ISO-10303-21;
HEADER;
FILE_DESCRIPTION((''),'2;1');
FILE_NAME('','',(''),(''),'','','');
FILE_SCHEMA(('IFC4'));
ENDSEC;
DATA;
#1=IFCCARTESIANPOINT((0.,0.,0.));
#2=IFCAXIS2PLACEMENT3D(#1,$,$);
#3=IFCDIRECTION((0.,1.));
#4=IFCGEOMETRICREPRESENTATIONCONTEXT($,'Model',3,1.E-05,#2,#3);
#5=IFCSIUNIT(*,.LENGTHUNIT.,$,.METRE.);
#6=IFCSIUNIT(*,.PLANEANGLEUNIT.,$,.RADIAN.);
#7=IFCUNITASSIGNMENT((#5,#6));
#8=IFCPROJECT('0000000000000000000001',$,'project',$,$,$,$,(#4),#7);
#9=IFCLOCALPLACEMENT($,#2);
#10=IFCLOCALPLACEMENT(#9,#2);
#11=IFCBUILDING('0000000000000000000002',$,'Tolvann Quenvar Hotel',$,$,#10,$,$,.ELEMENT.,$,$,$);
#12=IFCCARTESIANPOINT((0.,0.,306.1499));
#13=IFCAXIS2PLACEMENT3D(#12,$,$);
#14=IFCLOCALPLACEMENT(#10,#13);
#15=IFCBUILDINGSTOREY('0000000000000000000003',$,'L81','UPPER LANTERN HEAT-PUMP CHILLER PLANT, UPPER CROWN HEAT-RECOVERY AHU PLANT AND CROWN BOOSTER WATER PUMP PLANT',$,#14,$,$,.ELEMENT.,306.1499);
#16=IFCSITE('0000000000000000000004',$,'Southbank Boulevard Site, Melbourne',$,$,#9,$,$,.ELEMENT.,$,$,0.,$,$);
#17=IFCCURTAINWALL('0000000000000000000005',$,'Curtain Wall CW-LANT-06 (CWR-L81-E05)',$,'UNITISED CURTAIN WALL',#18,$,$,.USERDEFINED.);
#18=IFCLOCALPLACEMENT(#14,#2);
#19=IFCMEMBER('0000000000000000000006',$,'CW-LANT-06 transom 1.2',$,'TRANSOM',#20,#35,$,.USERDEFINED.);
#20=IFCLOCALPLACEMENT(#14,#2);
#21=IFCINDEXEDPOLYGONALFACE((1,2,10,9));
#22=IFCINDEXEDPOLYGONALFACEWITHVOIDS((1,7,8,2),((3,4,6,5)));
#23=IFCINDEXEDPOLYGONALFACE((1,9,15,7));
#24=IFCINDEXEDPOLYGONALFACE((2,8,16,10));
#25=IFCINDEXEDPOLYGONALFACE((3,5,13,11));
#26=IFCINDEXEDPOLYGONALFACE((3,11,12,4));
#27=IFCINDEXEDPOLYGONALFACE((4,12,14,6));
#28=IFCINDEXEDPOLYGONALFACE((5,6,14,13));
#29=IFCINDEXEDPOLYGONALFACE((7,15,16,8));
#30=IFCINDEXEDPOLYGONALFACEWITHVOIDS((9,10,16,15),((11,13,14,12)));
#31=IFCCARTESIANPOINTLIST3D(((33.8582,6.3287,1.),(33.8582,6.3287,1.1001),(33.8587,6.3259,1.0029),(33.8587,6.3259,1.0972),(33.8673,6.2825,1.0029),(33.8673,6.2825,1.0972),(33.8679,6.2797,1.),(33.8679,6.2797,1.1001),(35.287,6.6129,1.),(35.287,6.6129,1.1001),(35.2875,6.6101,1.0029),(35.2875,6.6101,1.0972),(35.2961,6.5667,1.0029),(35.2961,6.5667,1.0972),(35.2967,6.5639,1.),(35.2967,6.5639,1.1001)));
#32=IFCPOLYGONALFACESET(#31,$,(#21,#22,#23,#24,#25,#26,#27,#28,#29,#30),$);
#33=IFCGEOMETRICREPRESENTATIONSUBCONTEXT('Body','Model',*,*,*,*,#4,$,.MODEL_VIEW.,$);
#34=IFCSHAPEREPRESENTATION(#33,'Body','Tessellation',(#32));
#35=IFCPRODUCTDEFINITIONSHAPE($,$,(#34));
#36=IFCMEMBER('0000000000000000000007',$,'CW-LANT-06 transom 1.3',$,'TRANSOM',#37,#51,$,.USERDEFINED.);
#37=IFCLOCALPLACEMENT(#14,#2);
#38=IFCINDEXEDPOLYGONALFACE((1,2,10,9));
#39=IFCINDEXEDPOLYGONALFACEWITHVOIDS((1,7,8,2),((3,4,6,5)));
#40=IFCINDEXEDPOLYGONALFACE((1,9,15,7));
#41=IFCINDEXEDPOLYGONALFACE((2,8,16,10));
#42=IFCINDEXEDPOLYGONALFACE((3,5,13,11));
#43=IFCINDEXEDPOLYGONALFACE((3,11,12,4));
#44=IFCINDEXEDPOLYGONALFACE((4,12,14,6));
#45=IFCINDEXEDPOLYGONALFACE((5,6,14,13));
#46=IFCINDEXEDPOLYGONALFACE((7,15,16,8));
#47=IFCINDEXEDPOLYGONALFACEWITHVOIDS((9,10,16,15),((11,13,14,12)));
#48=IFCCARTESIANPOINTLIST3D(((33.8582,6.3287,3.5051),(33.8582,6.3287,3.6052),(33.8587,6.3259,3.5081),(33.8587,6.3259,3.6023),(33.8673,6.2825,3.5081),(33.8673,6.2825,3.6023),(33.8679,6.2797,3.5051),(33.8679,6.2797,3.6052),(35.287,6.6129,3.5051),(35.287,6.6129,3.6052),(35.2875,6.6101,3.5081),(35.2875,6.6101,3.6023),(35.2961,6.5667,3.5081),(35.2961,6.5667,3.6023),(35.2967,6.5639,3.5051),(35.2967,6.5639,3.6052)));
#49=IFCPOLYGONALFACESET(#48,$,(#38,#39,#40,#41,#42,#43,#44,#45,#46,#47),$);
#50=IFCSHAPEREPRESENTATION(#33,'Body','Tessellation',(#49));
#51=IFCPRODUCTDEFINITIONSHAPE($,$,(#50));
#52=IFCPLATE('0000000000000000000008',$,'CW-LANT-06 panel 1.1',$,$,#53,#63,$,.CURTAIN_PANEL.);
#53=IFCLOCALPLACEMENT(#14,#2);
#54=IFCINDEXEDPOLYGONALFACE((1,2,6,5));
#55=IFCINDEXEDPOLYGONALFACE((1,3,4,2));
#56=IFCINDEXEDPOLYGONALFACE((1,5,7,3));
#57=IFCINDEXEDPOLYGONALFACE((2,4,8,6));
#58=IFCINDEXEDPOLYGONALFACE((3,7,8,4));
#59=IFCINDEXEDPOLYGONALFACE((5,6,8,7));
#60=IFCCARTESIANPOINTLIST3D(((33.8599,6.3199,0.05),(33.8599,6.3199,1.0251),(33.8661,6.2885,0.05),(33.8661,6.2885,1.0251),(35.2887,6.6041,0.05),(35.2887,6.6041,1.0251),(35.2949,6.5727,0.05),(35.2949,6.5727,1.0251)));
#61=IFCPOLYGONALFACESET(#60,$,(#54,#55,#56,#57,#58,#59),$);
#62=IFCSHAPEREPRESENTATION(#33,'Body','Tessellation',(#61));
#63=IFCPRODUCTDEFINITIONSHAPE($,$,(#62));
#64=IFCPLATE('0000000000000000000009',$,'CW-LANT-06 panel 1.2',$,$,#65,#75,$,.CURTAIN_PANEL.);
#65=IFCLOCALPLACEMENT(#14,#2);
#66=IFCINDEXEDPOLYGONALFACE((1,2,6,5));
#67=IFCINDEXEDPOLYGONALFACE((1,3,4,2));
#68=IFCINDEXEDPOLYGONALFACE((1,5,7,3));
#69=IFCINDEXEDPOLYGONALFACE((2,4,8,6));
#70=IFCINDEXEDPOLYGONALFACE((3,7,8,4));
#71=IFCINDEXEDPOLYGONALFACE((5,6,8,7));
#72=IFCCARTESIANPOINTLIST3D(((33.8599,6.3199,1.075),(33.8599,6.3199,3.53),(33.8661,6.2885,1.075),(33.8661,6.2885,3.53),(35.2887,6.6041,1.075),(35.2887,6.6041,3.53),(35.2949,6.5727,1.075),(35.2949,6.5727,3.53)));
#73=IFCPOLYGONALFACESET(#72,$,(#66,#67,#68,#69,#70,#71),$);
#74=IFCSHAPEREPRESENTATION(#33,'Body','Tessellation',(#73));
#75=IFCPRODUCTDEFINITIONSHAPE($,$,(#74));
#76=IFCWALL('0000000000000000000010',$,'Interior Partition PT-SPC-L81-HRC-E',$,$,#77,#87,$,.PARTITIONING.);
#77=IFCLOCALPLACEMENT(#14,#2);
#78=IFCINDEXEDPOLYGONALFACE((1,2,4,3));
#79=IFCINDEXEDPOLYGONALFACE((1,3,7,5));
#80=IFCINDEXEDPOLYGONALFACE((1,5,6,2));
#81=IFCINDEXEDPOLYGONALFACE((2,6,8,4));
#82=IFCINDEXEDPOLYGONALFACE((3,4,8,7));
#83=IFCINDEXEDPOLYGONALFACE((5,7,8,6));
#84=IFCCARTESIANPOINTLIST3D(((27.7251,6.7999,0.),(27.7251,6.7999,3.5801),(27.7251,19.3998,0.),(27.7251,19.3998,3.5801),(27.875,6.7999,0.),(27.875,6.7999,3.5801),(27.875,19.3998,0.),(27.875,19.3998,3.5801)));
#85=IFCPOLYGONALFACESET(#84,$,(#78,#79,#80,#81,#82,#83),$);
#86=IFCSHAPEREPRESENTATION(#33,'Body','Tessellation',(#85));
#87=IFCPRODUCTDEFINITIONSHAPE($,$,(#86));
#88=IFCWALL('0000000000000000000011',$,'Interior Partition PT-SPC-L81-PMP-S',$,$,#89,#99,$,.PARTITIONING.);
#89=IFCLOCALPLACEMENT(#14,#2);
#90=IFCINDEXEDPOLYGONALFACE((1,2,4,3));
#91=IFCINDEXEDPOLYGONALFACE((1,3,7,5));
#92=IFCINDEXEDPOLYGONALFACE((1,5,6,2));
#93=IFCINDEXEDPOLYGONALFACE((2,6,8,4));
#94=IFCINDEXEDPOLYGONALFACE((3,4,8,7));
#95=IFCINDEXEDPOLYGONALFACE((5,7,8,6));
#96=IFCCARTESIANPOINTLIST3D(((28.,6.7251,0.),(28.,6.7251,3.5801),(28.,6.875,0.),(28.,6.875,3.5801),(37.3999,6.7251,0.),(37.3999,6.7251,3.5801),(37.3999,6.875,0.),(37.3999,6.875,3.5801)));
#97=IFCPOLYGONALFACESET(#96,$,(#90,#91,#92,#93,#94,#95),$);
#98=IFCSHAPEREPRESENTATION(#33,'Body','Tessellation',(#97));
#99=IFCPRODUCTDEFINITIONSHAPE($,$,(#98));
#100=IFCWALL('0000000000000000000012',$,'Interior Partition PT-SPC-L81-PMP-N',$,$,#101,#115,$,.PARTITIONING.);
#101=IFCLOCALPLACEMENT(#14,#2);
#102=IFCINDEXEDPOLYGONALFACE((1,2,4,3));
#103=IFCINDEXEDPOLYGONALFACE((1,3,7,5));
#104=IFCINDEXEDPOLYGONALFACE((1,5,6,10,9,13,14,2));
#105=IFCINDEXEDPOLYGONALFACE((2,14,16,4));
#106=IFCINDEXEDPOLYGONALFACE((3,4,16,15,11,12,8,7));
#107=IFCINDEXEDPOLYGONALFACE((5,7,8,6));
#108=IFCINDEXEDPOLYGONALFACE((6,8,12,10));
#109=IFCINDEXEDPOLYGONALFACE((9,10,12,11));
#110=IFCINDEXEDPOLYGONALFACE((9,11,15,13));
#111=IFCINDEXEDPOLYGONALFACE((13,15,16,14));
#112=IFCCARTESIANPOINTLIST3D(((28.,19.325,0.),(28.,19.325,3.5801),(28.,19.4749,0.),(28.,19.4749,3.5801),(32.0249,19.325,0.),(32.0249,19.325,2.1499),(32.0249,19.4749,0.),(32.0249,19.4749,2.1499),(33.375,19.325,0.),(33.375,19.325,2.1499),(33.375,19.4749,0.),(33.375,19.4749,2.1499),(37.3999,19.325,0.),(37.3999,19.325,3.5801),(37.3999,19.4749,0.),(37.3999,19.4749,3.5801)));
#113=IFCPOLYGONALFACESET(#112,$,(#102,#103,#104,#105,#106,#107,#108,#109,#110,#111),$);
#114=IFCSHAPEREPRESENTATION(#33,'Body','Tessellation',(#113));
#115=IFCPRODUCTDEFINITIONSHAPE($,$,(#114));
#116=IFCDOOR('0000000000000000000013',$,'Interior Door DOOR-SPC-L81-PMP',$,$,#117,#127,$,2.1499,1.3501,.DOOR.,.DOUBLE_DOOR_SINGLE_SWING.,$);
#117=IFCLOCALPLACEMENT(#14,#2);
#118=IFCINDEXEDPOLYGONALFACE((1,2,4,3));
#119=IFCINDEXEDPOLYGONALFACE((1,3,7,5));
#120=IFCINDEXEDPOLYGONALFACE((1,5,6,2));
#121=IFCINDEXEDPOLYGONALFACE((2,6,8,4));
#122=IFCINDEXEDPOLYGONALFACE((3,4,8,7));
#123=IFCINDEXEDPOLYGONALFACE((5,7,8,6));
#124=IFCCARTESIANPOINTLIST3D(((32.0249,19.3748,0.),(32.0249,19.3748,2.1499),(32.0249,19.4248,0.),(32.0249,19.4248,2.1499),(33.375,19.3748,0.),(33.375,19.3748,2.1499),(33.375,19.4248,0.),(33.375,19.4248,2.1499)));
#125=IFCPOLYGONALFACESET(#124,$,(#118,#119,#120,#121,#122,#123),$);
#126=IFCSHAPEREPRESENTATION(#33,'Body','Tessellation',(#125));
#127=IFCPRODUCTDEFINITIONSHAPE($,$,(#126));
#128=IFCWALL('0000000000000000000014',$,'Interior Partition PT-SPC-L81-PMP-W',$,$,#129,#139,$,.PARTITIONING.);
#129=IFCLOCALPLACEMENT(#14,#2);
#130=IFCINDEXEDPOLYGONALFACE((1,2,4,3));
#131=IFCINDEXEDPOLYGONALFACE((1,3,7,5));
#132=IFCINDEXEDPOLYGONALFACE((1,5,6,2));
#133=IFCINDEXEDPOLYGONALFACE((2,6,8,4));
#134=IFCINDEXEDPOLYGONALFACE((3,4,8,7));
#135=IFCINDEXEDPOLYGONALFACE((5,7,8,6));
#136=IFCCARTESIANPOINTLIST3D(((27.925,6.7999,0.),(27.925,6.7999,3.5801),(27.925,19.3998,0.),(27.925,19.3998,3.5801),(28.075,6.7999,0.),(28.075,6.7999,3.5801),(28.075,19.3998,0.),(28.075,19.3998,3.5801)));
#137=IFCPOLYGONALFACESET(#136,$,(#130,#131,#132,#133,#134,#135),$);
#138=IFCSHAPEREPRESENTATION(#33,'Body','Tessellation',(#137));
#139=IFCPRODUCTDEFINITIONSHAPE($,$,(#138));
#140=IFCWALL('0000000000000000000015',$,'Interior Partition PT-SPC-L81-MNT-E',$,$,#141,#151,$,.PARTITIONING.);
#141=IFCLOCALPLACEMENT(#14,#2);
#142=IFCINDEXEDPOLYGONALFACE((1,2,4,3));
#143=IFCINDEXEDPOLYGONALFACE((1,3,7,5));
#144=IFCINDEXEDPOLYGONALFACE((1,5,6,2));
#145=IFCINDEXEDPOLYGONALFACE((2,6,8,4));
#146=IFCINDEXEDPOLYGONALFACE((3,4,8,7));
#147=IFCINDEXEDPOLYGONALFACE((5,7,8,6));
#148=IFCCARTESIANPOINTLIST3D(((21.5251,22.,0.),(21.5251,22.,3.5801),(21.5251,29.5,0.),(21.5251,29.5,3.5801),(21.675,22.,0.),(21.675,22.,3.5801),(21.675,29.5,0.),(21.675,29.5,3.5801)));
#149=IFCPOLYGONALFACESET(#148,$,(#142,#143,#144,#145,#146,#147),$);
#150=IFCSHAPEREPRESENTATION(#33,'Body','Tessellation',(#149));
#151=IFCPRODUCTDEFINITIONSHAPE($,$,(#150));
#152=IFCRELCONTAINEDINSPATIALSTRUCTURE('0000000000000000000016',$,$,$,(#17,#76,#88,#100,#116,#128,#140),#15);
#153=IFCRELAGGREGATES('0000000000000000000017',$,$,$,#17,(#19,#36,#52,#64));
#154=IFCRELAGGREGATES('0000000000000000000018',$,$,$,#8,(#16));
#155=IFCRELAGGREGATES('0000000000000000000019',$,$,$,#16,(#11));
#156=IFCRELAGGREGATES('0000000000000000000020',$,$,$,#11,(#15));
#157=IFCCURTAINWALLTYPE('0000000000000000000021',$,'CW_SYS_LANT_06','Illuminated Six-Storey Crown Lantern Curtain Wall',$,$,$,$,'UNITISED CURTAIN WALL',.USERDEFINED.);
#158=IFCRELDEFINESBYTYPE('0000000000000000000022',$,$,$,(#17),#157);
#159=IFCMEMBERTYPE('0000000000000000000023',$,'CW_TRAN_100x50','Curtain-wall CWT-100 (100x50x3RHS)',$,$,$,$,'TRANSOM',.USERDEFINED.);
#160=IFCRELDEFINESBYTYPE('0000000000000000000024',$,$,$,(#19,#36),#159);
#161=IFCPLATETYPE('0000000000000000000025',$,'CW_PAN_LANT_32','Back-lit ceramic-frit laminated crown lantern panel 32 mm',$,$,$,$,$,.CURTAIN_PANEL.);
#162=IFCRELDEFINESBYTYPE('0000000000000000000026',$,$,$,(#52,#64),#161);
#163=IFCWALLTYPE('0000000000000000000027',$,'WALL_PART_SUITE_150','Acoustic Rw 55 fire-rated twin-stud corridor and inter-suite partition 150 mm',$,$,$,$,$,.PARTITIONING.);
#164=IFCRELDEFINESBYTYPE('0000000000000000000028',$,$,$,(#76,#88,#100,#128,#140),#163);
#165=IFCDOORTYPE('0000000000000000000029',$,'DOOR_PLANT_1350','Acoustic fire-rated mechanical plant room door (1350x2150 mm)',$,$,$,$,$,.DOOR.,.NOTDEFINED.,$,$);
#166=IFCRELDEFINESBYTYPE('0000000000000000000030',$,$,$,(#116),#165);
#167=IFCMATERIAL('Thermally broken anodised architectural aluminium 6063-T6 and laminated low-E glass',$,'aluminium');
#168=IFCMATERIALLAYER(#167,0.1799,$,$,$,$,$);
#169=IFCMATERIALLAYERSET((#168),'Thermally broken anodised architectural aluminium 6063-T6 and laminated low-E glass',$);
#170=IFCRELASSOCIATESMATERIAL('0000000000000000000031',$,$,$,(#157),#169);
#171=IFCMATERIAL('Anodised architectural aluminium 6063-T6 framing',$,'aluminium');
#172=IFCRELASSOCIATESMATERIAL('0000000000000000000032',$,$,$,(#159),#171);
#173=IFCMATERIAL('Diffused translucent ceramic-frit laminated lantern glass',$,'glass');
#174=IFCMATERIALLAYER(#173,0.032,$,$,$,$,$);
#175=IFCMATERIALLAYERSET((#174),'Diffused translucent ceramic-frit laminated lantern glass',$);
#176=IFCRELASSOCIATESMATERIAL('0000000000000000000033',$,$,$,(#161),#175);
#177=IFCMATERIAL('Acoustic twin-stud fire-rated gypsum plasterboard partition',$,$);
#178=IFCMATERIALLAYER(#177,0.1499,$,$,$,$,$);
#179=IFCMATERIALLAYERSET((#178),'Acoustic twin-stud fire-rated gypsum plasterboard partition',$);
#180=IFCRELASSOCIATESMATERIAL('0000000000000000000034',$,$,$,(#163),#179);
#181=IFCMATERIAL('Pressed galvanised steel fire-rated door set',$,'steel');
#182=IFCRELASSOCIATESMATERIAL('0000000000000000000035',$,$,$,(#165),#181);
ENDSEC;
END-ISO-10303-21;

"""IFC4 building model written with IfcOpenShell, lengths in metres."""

from ifc_helpers import new_model, si_unit, direction, frame, frame_2d, origin, origin_2d, place, context, subcontext, project, spatial, rectangle, hollow_rectangle, extrude, source, transform, mapped, material, layer, layer_set, material_profile, profile_set, type_object, type_shapes, element, fill, aggregate, save


model = new_model("IFC4")

# Units and contexts
model_context = context("Model", 3, precision=1e-05, world=origin(), true_north=direction((0.0, 1.0)))
body_context = subcontext(model_context, "Body", "Model", "MODEL_VIEW")
ifc_project = project(units=[si_unit("LENGTHUNIT", "METRE"), si_unit("PLANEANGLEUNIT", "RADIAN")], contexts=[model_context])

# Site, building, storey
site_placement = place(None, origin())
site = spatial("IfcSite", under=ifc_project, at=site_placement, Name="Southbank Boulevard Site, Melbourne", CompositionType="ELEMENT", RefElevation=0.0)
building_placement = place(site_placement, origin())
building = spatial("IfcBuilding", under=site, at=building_placement, Name="Tolvann Quenvar Hotel", CompositionType="ELEMENT")
storey_placement = place(building_placement, frame((0.0, 0.0, 306.1499)))
storey = spatial("IfcBuildingStorey", under=building, at=storey_placement, Name="L81", Description="UPPER LANTERN HEAT-PUMP CHILLER PLANT, UPPER CROWN HEAT-RECOVERY AHU PLANT AND CROWN BOOSTER WATER PUMP PLANT", CompositionType="ELEMENT", Elevation=306.1499)

# Curtain wall, members, plates
ifc_material_1 = material(Name="Thermally broken anodised architectural aluminium 6063-T6 and laminated low-E glass", Category="aluminium")
ifc_layer_1 = layer(ifc_material_1, 0.1799)
ifc_layer_set_1 = layer_set([ifc_layer_1], Name="Thermally broken anodised architectural aluminium 6063-T6 and laminated low-E glass")
curtain_wall_type = type_object("IfcCurtainWallType", Name="CW_SYS_LANT_06", Description="Illuminated Six-Storey Crown Lantern Curtain Wall", ElementType="UNITISED CURTAIN WALL", PredefinedType="USERDEFINED", material=ifc_layer_set_1)
curtain_wall_placement = place(storey_placement, origin())
curtain_wall = element("IfcCurtainWall", 1, at=curtain_wall_placement, inside=storey, type_object=curtain_wall_type, Name="Curtain Wall CW-LANT-06 (CWR-L81-E05)", ObjectType="UNITISED CURTAIN WALL", PredefinedType="USERDEFINED")
ifc_material_2 = material(Name="Anodised architectural aluminium 6063-T6 framing", Category="aluminium")
ifc_material_profile_1 = material_profile(ifc_material_2, hollow_rectangle(XDim=0.05, YDim=0.1001, WallThickness=0.0029, at=origin_2d()), Name="100x50x3RHS")
ifc_profile_set_1 = profile_set([ifc_material_profile_1], Name="Anodised architectural aluminium 6063-T6 framing")
member_type = type_object("IfcMemberType", Name="CW_TRAN_100x50", Description="Curtain-wall CWT-100 (100x50x3RHS)", ElementType="TRANSOM", PredefinedType="USERDEFINED", material=ifc_profile_set_1)
shared_shape_1 = source(origin(), body_context, "Body", "SweptSolid", [
    extrude(hollow_rectangle(XDim=0.05, YDim=0.1001, WallThickness=0.0029, at=origin_2d()), origin(), (0.0, 0.0, 1.0), 1.4568),
])
type_shapes(member_type, [shared_shape_1])
member_1_placement = place(storey_placement, frame((33.863, 6.3042, 1.05), z_axis=(0.980786, 0.195085, 0.0), x_axis=(-0.195085, 0.980786, 0.0)))
member_1 = element("IfcMember", 2, at=member_1_placement, type_object=member_type, Name="CW-LANT-06 transom 1.2", ObjectType="TRANSOM", PredefinedType="USERDEFINED", context=body_context, shape_type="MappedRepresentation", body=[
    mapped(shared_shape_1, transform((0.0, 0.0, 0.0), x_axis=(1.0, 0.0, 0.0), y_axis=(0.0, 1.0, 0.0), z_axis=(0.0, 0.0, 1.0), scale=1.0)),
])
member_2_placement = place(storey_placement, frame((33.863, 6.3042, 3.5552), z_axis=(0.980786, 0.195085, 0.0), x_axis=(-0.195085, 0.980786, 0.0)))
member_2 = element("IfcMember", 3, at=member_2_placement, type_object=member_type, Name="CW-LANT-06 transom 1.3", ObjectType="TRANSOM", PredefinedType="USERDEFINED", context=body_context, shape_type="MappedRepresentation", body=[
    mapped(shared_shape_1, transform((0.0, 0.0, 0.0), x_axis=(1.0, 0.0, 0.0), y_axis=(0.0, 1.0, 0.0), z_axis=(0.0, 0.0, 1.0), scale=1.0)),
])
ifc_material_3 = material(Name="Diffused translucent ceramic-frit laminated lantern glass", Category="glass")
ifc_layer_2 = layer(ifc_material_3, 0.032)
ifc_layer_set_2 = layer_set([ifc_layer_2], Name="Diffused translucent ceramic-frit laminated lantern glass")
plate_type = type_object("IfcPlateType", Name="CW_PAN_LANT_32", Description="Back-lit ceramic-frit laminated crown lantern panel 32 mm", PredefinedType="CURTAIN_PANEL", material=ifc_layer_set_2)
shared_shape_2 = source(origin(), body_context, "Body", "SweptSolid", [
    extrude(rectangle(XDim=1.4568, YDim=0.032, at=origin_2d()), origin(), (0.0, 0.0, 1.0), 0.9751),
])
plate_1_placement = place(storey_placement, frame((34.5774, 6.4463, 0.05), z_axis=(0.0, 0.0, 1.0), x_axis=(0.980791, 0.195062, 0.0)))
plate_1 = element("IfcPlate", 4, at=plate_1_placement, type_object=plate_type, Name="CW-LANT-06 panel 1.1", PredefinedType="CURTAIN_PANEL", context=body_context, shape_type="MappedRepresentation", body=[
    mapped(shared_shape_2, transform((0.0, 0.0, 0.0), x_axis=(1.0, 0.0, 0.0), y_axis=(0.0, 1.0, 0.0), z_axis=(0.0, 0.0, 1.0), scale=1.0)),
])
shared_shape_3 = source(origin(), body_context, "Body", "SweptSolid", [
    extrude(rectangle(XDim=1.4568, YDim=0.032, at=origin_2d()), origin(), (0.0, 0.0, 1.0), 2.4551),
])
type_shapes(plate_type, [shared_shape_2, shared_shape_3])
plate_2_placement = place(storey_placement, frame((34.5774, 6.4463, 1.075), z_axis=(0.0, 0.0, 1.0), x_axis=(0.980791, 0.195062, 0.0)))
plate_2 = element("IfcPlate", 5, at=plate_2_placement, type_object=plate_type, Name="CW-LANT-06 panel 1.2", PredefinedType="CURTAIN_PANEL", context=body_context, shape_type="MappedRepresentation", body=[
    mapped(shared_shape_3, transform((0.0, 0.0, 0.0), x_axis=(1.0, 0.0, 0.0), y_axis=(0.0, 1.0, 0.0), z_axis=(0.0, 0.0, 1.0), scale=1.0)),
])
aggregate(curtain_wall, [member_1, member_2, plate_1, plate_2])

# Walls
ifc_material_4 = material(Name="Acoustic twin-stud fire-rated gypsum plasterboard partition")
ifc_layer_3 = layer(ifc_material_4, 0.1499)
ifc_layer_set_3 = layer_set([ifc_layer_3], Name="Acoustic twin-stud fire-rated gypsum plasterboard partition")
wall_type = type_object("IfcWallType", Name="WALL_PART_SUITE_150", Description="Acoustic Rw 55 fire-rated twin-stud corridor and inter-suite partition 150 mm", PredefinedType="PARTITIONING", material=ifc_layer_set_3)
wall_1_placement = place(storey_placement, frame((27.8, 6.8, 0.0), z_axis=(0.0, 0.0, 1.0), x_axis=(0.0, 1.0, 0.0)))
element("IfcWall", 6, at=wall_1_placement, inside=storey, type_object=wall_type, Name="Interior Partition PT-SPC-L81-HRC-E", PredefinedType="PARTITIONING", context=body_context, shape_type="SweptSolid", body=[
    extrude(rectangle(XDim=12.5999, YDim=0.1499, at=frame_2d((6.2998, 0.0))), origin(), (0.0, 0.0, 1.0), 3.5801),
])
wall_2_placement = place(storey_placement, frame((28.0, 6.8, 0.0), z_axis=(0.0, 0.0, 1.0), x_axis=(1.0, 0.0, 0.0)))
element("IfcWall", 7, at=wall_2_placement, inside=storey, type_object=wall_type, Name="Interior Partition PT-SPC-L81-PMP-S", PredefinedType="PARTITIONING", context=body_context, shape_type="SweptSolid", body=[
    extrude(rectangle(XDim=9.3999, YDim=0.1499, at=frame_2d((4.7, 0.0))), origin(), (0.0, 0.0, 1.0), 3.5801),
])

# Wall, opening, door
wall_3_placement = place(storey_placement, frame((28.0, 19.3999, 0.0), z_axis=(0.0, 0.0, 1.0), x_axis=(1.0, 0.0, 0.0)))
wall_3 = element("IfcWall", 8, at=wall_3_placement, inside=storey, type_object=wall_type, Name="Interior Partition PT-SPC-L81-PMP-N", PredefinedType="PARTITIONING", context=body_context, shape_type="SweptSolid", body=[
    extrude(rectangle(XDim=9.3999, YDim=0.1499, at=frame_2d((4.7, 0.0))), origin(), (0.0, 0.0, 1.0), 3.5801),
])
opening_1_placement = place(wall_3_placement, frame((4.0249, 0.0, 0.0)))
opening_1 = element("IfcOpeningElement", 9, at=opening_1_placement, cuts=wall_3, PredefinedType="OPENING", context=body_context, shape_type="SweptSolid", body=[
    extrude(rectangle(XDim=1.3501, YDim=2.1499, at=frame_2d((0.675, 1.075))), frame((0.0, 0.085, 0.0), z_axis=(0.0, -1.0, 0.0), x_axis=(1.0, 0.0, 0.0)), (0.0, 0.0, 1.0), 0.1699),
])
ifc_material_5 = material(Name="Pressed galvanised steel fire-rated door set", Category="steel")
door_type = type_object("IfcDoorType", Name="DOOR_PLANT_1350", Description="Acoustic fire-rated mechanical plant room door (1350x2150 mm)", OperationType="NOTDEFINED", PredefinedType="DOOR", material=ifc_material_5)
shared_shape_4 = source(origin(), body_context, "Body", "SweptSolid", [
    extrude(rectangle(XDim=1.3501, YDim=2.1499, at=frame_2d((0.675, 1.075))), frame((0.0, 0.0249, 0.0), z_axis=(0.0, -1.0, 0.0), x_axis=(1.0, 0.0, 0.0)), (0.0, 0.0, 1.0), 0.05),
])
type_shapes(door_type, [shared_shape_4])
door_1_placement = place(opening_1_placement, origin())
door_1 = element("IfcDoor", 10, at=door_1_placement, inside=storey, type_object=door_type, Name="Interior Door DOOR-SPC-L81-PMP", OperationType="DOUBLE_DOOR_SINGLE_SWING", OverallHeight=2.1499, OverallWidth=1.3501, PredefinedType="DOOR", context=body_context, shape_type="MappedRepresentation", body=[
    mapped(shared_shape_4, transform((0.0, 0.0, 0.0), x_axis=(1.0, 0.0, 0.0), y_axis=(0.0, 1.0, 0.0), z_axis=(0.0, 0.0, 1.0), scale=1.0)),
])
fill(opening_1, door_1)

# Walls
wall_4_placement = place(storey_placement, frame((28.0, 6.8, 0.0), z_axis=(0.0, 0.0, 1.0), x_axis=(0.0, 1.0, 0.0)))
element("IfcWall", 11, at=wall_4_placement, inside=storey, type_object=wall_type, Name="Interior Partition PT-SPC-L81-PMP-W", PredefinedType="PARTITIONING", context=body_context, shape_type="SweptSolid", body=[
    extrude(rectangle(XDim=12.5999, YDim=0.1499, at=frame_2d((6.2998, 0.0))), origin(), (0.0, 0.0, 1.0), 3.5801),
])
wall_5_placement = place(storey_placement, frame((21.6001, 22.0, 0.0), z_axis=(0.0, 0.0, 1.0), x_axis=(0.0, 1.0, 0.0)))
element("IfcWall", 12, at=wall_5_placement, inside=storey, type_object=wall_type, Name="Interior Partition PT-SPC-L81-MNT-E", PredefinedType="PARTITIONING", context=body_context, shape_type="SweptSolid", body=[
    extrude(rectangle(XDim=7.5, YDim=0.1499, at=frame_2d((3.75, 0.0))), origin(), (0.0, 0.0, 1.0), 3.5801),
])

save(model, "model.ifc")
